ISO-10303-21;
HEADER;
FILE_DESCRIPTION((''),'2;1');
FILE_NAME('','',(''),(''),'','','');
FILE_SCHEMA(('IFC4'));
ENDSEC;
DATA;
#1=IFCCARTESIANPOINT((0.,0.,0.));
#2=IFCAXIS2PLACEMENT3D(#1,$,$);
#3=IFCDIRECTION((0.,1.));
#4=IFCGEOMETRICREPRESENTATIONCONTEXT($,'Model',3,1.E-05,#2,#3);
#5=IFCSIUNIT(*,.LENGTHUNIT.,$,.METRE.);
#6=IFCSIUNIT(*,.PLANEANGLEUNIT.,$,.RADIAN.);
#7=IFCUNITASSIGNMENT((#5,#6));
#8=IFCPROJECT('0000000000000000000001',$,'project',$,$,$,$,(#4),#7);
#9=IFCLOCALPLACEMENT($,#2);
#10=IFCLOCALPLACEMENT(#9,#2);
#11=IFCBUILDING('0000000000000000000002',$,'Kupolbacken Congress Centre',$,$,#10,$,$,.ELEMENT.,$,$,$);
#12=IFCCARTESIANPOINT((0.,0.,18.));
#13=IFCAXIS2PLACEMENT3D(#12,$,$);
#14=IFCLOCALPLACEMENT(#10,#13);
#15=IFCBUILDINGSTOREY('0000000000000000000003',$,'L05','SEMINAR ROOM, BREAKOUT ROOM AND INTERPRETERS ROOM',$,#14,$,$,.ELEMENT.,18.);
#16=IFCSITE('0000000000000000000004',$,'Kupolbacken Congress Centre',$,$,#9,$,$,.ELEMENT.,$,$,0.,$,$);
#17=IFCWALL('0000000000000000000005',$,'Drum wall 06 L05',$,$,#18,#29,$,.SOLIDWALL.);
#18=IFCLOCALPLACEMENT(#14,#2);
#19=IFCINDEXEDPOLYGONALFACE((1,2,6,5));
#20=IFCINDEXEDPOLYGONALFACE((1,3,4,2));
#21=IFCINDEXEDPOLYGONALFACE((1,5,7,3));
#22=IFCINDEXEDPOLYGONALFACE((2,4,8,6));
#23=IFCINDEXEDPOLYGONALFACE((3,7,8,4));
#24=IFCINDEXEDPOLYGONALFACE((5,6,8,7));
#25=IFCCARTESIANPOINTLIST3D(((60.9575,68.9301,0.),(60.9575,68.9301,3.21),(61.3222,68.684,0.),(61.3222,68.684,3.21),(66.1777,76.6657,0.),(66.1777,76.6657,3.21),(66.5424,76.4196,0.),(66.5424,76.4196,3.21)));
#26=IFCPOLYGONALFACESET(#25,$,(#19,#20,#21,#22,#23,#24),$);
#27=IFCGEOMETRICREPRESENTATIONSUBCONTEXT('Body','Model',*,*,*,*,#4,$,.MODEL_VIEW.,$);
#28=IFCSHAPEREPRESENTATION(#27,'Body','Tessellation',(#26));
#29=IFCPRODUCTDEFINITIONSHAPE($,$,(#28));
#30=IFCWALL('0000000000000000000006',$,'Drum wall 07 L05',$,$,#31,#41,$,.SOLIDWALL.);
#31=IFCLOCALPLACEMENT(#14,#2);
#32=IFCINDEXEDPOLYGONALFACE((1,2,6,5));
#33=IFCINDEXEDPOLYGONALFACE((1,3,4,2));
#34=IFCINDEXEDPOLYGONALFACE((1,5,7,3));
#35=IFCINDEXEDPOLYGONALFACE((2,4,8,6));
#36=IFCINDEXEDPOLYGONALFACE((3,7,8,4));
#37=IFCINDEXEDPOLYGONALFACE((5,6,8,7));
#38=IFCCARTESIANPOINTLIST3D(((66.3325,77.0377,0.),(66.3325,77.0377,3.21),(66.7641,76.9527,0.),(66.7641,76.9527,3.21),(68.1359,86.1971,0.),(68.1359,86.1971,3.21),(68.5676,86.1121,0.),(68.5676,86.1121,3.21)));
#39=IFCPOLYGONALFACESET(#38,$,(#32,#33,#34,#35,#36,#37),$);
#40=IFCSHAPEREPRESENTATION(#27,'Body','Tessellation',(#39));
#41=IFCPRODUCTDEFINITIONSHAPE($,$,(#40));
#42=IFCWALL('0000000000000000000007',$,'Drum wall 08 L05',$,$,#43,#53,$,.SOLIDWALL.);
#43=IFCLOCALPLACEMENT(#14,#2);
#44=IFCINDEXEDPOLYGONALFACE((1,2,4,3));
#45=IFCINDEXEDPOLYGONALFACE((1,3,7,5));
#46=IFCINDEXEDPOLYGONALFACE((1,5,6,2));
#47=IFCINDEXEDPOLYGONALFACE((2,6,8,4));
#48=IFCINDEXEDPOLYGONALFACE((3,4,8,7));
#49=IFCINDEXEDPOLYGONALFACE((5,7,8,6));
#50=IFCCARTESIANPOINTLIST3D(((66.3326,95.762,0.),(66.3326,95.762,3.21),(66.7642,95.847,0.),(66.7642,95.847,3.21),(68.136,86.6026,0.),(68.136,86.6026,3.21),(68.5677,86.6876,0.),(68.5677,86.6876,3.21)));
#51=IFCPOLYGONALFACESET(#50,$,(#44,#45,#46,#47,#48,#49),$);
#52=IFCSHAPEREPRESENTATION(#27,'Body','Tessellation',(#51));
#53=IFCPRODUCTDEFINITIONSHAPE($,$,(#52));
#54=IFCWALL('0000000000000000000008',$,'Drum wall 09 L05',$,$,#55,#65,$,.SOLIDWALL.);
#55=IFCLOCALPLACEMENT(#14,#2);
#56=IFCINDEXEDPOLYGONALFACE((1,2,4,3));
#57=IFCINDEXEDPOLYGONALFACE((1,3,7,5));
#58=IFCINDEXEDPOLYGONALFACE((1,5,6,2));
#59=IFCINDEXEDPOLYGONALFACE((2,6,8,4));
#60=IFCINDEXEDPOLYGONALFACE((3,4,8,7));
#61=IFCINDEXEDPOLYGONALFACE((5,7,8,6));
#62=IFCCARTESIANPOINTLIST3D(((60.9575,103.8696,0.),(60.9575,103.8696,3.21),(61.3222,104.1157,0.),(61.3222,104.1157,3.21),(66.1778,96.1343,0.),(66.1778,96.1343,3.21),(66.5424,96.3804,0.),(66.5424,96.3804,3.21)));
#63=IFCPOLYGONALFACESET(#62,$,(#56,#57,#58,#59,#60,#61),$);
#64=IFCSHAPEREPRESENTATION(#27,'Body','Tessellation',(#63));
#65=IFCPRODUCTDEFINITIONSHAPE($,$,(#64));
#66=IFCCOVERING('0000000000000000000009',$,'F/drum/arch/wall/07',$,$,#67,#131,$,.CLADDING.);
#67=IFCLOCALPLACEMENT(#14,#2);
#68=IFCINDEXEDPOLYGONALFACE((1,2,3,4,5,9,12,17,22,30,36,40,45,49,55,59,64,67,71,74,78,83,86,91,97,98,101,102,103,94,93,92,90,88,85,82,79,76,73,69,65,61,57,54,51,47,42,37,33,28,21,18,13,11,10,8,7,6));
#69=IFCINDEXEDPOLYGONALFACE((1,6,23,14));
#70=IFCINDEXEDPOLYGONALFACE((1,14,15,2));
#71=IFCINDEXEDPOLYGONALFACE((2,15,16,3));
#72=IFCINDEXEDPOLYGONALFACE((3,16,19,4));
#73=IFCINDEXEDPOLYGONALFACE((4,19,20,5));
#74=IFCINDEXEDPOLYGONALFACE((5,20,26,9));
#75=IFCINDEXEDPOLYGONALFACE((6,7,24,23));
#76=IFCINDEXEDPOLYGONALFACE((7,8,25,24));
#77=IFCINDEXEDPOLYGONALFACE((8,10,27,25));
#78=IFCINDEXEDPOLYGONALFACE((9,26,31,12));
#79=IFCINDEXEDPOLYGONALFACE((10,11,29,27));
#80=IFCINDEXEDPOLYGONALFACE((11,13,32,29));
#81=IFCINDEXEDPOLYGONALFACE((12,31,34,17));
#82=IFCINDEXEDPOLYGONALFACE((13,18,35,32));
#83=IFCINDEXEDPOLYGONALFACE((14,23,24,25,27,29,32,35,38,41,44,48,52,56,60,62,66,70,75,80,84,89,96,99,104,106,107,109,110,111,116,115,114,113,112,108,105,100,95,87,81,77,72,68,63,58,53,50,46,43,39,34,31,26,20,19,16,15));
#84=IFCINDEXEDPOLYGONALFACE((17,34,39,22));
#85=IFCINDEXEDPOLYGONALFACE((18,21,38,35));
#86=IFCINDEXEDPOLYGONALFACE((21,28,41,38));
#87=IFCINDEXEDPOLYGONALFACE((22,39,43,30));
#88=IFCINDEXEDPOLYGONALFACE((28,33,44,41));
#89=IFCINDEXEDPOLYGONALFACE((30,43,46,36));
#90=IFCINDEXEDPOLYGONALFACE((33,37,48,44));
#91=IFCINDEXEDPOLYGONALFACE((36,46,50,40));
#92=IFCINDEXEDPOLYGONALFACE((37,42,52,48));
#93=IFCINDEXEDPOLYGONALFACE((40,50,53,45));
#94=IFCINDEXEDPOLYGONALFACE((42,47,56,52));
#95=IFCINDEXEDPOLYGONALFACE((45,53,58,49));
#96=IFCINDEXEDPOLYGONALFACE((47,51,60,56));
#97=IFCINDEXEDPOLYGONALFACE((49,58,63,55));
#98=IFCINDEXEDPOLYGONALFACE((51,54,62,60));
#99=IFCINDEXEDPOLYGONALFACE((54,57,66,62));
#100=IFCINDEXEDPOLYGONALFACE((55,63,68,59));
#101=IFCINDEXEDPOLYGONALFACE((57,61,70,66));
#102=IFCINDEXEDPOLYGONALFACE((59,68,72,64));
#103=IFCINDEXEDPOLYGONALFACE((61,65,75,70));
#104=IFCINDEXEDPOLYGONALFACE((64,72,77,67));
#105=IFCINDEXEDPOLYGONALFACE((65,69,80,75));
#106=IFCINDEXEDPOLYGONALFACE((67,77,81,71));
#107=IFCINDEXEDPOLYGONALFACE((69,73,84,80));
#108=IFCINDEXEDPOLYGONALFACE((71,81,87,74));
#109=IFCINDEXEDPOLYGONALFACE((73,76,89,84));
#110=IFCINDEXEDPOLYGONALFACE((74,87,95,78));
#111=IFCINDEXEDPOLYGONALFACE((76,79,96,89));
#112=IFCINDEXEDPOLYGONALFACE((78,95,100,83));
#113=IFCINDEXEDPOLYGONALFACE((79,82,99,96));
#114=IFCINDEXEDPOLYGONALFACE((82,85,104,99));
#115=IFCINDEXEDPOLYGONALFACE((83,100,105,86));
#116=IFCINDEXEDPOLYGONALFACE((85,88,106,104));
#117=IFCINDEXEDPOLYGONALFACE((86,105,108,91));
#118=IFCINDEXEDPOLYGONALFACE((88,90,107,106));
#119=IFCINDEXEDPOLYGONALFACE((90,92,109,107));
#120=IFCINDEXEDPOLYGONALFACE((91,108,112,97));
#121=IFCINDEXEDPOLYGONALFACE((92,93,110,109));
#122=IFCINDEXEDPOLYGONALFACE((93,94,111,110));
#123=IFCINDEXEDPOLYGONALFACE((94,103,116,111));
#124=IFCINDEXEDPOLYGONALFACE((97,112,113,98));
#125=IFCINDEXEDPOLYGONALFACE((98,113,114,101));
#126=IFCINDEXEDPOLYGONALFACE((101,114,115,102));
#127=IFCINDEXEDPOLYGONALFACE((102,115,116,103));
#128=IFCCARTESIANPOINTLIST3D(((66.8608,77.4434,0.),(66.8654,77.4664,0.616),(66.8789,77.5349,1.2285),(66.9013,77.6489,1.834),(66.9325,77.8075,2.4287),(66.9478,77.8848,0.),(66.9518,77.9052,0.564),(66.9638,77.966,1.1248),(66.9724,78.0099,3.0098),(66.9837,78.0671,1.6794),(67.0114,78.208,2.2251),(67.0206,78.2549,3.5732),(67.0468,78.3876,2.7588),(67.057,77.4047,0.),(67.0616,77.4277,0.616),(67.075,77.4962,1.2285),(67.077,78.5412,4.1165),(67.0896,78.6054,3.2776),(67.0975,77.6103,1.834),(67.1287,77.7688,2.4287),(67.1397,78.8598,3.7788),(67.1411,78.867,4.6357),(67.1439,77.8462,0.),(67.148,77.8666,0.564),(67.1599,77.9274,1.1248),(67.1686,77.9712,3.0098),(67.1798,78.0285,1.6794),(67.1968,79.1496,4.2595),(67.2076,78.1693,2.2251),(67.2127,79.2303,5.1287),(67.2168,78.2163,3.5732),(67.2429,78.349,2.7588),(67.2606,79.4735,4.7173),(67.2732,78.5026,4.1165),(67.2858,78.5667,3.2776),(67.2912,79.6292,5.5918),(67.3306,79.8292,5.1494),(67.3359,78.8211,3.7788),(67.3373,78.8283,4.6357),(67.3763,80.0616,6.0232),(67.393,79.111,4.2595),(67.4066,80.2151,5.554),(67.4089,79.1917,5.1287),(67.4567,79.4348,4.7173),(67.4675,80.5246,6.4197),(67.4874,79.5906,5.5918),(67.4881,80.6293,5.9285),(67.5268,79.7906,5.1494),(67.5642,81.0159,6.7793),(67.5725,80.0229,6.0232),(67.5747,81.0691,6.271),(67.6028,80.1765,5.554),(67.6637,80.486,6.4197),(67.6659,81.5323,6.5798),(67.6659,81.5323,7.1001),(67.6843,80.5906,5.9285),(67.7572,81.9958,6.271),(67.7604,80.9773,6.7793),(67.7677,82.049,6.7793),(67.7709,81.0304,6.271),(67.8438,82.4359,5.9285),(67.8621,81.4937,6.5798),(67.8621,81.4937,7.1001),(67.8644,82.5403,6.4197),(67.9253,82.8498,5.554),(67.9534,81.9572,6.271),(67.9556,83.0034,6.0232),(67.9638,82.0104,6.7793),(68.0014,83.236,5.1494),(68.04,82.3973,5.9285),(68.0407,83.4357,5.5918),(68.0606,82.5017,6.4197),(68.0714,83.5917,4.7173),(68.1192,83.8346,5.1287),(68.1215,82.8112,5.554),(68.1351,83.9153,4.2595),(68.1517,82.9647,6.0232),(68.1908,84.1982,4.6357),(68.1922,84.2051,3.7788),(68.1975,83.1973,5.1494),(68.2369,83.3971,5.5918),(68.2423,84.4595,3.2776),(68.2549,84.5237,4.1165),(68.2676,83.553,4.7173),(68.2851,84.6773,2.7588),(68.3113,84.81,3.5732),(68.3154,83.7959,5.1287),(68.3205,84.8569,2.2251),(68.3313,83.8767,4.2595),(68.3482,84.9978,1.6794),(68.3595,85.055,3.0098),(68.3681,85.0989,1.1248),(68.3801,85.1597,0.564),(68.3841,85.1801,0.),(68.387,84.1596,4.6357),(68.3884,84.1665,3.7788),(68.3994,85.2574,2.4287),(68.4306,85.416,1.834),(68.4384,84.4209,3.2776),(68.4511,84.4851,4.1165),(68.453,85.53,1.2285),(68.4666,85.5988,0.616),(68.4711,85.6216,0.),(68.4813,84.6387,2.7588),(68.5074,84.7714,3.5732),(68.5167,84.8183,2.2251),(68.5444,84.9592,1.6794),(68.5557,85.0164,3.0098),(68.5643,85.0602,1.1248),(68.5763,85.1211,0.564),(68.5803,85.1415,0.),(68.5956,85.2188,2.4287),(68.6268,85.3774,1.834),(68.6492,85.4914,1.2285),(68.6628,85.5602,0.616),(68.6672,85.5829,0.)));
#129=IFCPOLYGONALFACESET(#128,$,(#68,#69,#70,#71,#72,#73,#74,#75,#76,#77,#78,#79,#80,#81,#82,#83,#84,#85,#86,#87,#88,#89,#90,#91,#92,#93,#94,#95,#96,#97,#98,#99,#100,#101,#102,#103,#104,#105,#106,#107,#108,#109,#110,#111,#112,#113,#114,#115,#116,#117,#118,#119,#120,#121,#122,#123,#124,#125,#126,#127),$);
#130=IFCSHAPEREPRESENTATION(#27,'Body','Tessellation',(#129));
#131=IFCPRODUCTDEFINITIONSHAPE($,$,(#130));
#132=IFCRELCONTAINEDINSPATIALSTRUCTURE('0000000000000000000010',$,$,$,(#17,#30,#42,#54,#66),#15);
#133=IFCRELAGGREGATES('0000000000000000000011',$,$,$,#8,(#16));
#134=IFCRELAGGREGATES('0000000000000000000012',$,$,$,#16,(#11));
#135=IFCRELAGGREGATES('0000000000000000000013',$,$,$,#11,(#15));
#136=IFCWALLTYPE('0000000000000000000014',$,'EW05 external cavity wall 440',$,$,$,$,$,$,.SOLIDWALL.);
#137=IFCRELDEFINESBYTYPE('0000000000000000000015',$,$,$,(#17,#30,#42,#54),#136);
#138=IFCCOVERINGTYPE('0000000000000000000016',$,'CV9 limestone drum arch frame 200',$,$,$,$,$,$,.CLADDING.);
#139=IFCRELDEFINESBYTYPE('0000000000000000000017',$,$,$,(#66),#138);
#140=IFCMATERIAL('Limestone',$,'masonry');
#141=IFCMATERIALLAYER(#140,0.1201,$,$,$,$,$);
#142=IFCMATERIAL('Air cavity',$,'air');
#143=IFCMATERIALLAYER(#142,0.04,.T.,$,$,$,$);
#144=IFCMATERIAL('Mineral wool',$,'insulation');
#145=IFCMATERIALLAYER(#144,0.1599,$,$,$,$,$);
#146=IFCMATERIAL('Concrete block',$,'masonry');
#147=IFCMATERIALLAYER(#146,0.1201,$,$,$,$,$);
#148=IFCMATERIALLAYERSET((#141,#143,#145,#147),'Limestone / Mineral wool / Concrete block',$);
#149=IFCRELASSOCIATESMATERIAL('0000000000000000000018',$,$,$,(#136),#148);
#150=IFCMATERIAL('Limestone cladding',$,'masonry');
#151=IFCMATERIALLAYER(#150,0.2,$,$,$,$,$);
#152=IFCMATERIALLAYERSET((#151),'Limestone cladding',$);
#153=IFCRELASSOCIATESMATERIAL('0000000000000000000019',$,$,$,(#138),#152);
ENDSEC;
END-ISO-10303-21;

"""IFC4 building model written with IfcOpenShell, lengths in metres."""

from ifc_helpers import new_model, si_unit, direction, frame, frame_2d, origin, place, context, subcontext, project, spatial, polyline, rectangle, outline, extrude, material, layer, layer_set, type_object, element, save


model = new_model("IFC4")

# Units and contexts
model_context = context("Model", 3, precision=1e-05, world=origin(), true_north=direction((0.0, 1.0)))
body_context = subcontext(model_context, "Body", "Model", "MODEL_VIEW")
ifc_project = project(units=[si_unit("LENGTHUNIT", "METRE"), si_unit("PLANEANGLEUNIT", "RADIAN")], contexts=[model_context])

# Site, building, storey
site_placement = place(None, origin())
site = spatial("IfcSite", under=ifc_project, at=site_placement, Name="Kupolbacken Congress Centre", CompositionType="ELEMENT", RefElevation=0.0)
building_placement = place(site_placement, origin())
building = spatial("IfcBuilding", under=site, at=building_placement, Name="Kupolbacken Congress Centre", CompositionType="ELEMENT")
storey_placement = place(building_placement, frame((0.0, 0.0, 18.0)))
storey = spatial("IfcBuildingStorey", under=building, at=storey_placement, Name="L05", Description="SEMINAR ROOM, BREAKOUT ROOM AND INTERPRETERS ROOM", CompositionType="ELEMENT", Elevation=18.0)

# Walls
ifc_material_1 = material(Name="Limestone", Category="masonry")
ifc_layer_1 = layer(ifc_material_1, 0.1201)
ifc_material_2 = material(Name="Air cavity", Category="air")
ifc_layer_2 = layer(ifc_material_2, 0.04, ventilated=True)
ifc_material_3 = material(Name="Mineral wool", Category="insulation")
ifc_layer_3 = layer(ifc_material_3, 0.1599)
ifc_material_4 = material(Name="Concrete block", Category="masonry")
ifc_layer_4 = layer(ifc_material_4, 0.1201)
ifc_layer_set_1 = layer_set([ifc_layer_1, ifc_layer_2, ifc_layer_3, ifc_layer_4], Name="Limestone / Mineral wool / Concrete block")
wall_type = type_object("IfcWallType", Name="EW05 external cavity wall 440", PredefinedType="SOLIDWALL", material=ifc_layer_set_1)
wall_1_placement = place(storey_placement, frame((61.1399, 68.8071, 0.0), z_axis=(0.0, 0.0, 1.0), x_axis=(0.559376, 0.828914, 0.0)))
element("IfcWall", 1, at=wall_1_placement, inside=storey, type_object=wall_type, Name="Drum wall 06 L05", PredefinedType="SOLIDWALL", context=body_context, shape_type="SweptSolid", body=[
    extrude(rectangle(XDim=9.3323, YDim=0.4399, at=frame_2d((4.666, 0.0))), origin(), (0.0, 0.0, 1.0), 3.21),
])
for number, where, z_axis, x_axis, name in (
    (2, (66.5483, 76.9954, 0.0), (0.0, 0.0, 1.0), (0.193188, 0.981162, 0.0), "Drum wall 07 L05"),
    (3, (68.3518, 86.6453, 0.0), (0.0, 0.0, 1.0), (-0.193188, 0.981162, 0.0), "Drum wall 08 L05"),
):
    element("IfcWall", number, at=place(storey_placement, frame(where, z_axis=z_axis, x_axis=x_axis)), inside=storey, type_object=wall_type, Name=name, PredefinedType="SOLIDWALL", context=body_context, shape_type="SweptSolid", body=[
        extrude(rectangle(XDim=9.3352, YDim=0.4399, at=frame_2d((4.6675, 0.0))), origin(), (0.0, 0.0, 1.0), 3.21),
    ])
wall_2_placement = place(storey_placement, frame((66.3601, 96.2573, 0.0), z_axis=(0.0, 0.0, 1.0), x_axis=(-0.559388, 0.828906, 0.0)))
element("IfcWall", 4, at=wall_2_placement, inside=storey, type_object=wall_type, Name="Drum wall 09 L05", PredefinedType="SOLIDWALL", context=body_context, shape_type="SweptSolid", body=[
    extrude(rectangle(XDim=9.332, YDim=0.4399, at=frame_2d((4.666, 0.0))), origin(), (0.0, 0.0, 1.0), 3.21),
])

# Covering
ifc_material_5 = material(Name="Limestone cladding", Category="masonry")
ifc_layer_5 = layer(ifc_material_5, 0.2)
ifc_layer_set_2 = layer_set([ifc_layer_5], Name="Limestone cladding")
covering_type = type_object("IfcCoveringType", Name="CV9 limestone drum arch frame 200", PredefinedType="CLADDING", material=ifc_layer_set_2)
covering_1_placement = place(storey_placement, frame((66.8608, 77.4434, 0.0), z_axis=(0.981163, -0.193182, 0.0), x_axis=(0.193182, 0.981163, 0.0)))
element("IfcCovering", 5, at=covering_1_placement, inside=storey, type_object=covering_type, Name="F/drum/arch/wall/07", PredefinedType="CLADDING", context=body_context, shape_type="SweptSolid", body=[
    extrude(outline(polyline([(0.0, 0.0), (0.0234, 0.616), (0.0933, 1.2285), (0.2095, 1.834), (0.3711, 2.4287), (0.5774, 3.0098), (0.8271, 3.5732), (1.1189, 4.1165), (1.4509, 4.6357), (1.8213, 5.1287), (2.2278, 5.5918), (2.6685, 6.0232), (3.1404, 6.4197), (3.6411, 6.7793), (4.1675, 7.1001), (4.6941, 6.7793), (5.1948, 6.4197), (5.6667, 6.0232), (6.1074, 5.5918), (6.5139, 5.1287), (6.8845, 4.6357), (7.2163, 4.1165), (7.5081, 3.5732), (7.7578, 3.0098), (7.9641, 2.4287), (8.1257, 1.834), (8.2419, 1.2285), (8.312, 0.616), (8.3352, 0.0), (7.8853, 0.0), (7.8645, 0.564), (7.8025, 1.1248), (7.6995, 1.6794), (7.5559, 2.2251), (7.3728, 2.7588), (7.1509, 3.2776), (6.8916, 3.7788), (6.5962, 4.2595), (6.2664, 4.7173), (5.9038, 5.1494), (5.5103, 5.554), (5.0884, 5.9285), (4.6399, 6.271), (4.1675, 6.5798), (3.6953, 6.271), (3.2471, 5.9285), (2.825, 5.554), (2.4316, 5.1494), (2.0691, 4.7173), (1.739, 4.2595), (1.4436, 3.7788), (1.1843, 3.2776), (0.9624, 2.7588), (0.7793, 2.2251), (0.6357, 1.6794), (0.5327, 1.1248), (0.4707, 0.564), (0.45, 0.0), (0.0, 0.0)])), origin(), (0.0, 0.0, 1.0), 0.2),
])

save(model, "model.ifc")
